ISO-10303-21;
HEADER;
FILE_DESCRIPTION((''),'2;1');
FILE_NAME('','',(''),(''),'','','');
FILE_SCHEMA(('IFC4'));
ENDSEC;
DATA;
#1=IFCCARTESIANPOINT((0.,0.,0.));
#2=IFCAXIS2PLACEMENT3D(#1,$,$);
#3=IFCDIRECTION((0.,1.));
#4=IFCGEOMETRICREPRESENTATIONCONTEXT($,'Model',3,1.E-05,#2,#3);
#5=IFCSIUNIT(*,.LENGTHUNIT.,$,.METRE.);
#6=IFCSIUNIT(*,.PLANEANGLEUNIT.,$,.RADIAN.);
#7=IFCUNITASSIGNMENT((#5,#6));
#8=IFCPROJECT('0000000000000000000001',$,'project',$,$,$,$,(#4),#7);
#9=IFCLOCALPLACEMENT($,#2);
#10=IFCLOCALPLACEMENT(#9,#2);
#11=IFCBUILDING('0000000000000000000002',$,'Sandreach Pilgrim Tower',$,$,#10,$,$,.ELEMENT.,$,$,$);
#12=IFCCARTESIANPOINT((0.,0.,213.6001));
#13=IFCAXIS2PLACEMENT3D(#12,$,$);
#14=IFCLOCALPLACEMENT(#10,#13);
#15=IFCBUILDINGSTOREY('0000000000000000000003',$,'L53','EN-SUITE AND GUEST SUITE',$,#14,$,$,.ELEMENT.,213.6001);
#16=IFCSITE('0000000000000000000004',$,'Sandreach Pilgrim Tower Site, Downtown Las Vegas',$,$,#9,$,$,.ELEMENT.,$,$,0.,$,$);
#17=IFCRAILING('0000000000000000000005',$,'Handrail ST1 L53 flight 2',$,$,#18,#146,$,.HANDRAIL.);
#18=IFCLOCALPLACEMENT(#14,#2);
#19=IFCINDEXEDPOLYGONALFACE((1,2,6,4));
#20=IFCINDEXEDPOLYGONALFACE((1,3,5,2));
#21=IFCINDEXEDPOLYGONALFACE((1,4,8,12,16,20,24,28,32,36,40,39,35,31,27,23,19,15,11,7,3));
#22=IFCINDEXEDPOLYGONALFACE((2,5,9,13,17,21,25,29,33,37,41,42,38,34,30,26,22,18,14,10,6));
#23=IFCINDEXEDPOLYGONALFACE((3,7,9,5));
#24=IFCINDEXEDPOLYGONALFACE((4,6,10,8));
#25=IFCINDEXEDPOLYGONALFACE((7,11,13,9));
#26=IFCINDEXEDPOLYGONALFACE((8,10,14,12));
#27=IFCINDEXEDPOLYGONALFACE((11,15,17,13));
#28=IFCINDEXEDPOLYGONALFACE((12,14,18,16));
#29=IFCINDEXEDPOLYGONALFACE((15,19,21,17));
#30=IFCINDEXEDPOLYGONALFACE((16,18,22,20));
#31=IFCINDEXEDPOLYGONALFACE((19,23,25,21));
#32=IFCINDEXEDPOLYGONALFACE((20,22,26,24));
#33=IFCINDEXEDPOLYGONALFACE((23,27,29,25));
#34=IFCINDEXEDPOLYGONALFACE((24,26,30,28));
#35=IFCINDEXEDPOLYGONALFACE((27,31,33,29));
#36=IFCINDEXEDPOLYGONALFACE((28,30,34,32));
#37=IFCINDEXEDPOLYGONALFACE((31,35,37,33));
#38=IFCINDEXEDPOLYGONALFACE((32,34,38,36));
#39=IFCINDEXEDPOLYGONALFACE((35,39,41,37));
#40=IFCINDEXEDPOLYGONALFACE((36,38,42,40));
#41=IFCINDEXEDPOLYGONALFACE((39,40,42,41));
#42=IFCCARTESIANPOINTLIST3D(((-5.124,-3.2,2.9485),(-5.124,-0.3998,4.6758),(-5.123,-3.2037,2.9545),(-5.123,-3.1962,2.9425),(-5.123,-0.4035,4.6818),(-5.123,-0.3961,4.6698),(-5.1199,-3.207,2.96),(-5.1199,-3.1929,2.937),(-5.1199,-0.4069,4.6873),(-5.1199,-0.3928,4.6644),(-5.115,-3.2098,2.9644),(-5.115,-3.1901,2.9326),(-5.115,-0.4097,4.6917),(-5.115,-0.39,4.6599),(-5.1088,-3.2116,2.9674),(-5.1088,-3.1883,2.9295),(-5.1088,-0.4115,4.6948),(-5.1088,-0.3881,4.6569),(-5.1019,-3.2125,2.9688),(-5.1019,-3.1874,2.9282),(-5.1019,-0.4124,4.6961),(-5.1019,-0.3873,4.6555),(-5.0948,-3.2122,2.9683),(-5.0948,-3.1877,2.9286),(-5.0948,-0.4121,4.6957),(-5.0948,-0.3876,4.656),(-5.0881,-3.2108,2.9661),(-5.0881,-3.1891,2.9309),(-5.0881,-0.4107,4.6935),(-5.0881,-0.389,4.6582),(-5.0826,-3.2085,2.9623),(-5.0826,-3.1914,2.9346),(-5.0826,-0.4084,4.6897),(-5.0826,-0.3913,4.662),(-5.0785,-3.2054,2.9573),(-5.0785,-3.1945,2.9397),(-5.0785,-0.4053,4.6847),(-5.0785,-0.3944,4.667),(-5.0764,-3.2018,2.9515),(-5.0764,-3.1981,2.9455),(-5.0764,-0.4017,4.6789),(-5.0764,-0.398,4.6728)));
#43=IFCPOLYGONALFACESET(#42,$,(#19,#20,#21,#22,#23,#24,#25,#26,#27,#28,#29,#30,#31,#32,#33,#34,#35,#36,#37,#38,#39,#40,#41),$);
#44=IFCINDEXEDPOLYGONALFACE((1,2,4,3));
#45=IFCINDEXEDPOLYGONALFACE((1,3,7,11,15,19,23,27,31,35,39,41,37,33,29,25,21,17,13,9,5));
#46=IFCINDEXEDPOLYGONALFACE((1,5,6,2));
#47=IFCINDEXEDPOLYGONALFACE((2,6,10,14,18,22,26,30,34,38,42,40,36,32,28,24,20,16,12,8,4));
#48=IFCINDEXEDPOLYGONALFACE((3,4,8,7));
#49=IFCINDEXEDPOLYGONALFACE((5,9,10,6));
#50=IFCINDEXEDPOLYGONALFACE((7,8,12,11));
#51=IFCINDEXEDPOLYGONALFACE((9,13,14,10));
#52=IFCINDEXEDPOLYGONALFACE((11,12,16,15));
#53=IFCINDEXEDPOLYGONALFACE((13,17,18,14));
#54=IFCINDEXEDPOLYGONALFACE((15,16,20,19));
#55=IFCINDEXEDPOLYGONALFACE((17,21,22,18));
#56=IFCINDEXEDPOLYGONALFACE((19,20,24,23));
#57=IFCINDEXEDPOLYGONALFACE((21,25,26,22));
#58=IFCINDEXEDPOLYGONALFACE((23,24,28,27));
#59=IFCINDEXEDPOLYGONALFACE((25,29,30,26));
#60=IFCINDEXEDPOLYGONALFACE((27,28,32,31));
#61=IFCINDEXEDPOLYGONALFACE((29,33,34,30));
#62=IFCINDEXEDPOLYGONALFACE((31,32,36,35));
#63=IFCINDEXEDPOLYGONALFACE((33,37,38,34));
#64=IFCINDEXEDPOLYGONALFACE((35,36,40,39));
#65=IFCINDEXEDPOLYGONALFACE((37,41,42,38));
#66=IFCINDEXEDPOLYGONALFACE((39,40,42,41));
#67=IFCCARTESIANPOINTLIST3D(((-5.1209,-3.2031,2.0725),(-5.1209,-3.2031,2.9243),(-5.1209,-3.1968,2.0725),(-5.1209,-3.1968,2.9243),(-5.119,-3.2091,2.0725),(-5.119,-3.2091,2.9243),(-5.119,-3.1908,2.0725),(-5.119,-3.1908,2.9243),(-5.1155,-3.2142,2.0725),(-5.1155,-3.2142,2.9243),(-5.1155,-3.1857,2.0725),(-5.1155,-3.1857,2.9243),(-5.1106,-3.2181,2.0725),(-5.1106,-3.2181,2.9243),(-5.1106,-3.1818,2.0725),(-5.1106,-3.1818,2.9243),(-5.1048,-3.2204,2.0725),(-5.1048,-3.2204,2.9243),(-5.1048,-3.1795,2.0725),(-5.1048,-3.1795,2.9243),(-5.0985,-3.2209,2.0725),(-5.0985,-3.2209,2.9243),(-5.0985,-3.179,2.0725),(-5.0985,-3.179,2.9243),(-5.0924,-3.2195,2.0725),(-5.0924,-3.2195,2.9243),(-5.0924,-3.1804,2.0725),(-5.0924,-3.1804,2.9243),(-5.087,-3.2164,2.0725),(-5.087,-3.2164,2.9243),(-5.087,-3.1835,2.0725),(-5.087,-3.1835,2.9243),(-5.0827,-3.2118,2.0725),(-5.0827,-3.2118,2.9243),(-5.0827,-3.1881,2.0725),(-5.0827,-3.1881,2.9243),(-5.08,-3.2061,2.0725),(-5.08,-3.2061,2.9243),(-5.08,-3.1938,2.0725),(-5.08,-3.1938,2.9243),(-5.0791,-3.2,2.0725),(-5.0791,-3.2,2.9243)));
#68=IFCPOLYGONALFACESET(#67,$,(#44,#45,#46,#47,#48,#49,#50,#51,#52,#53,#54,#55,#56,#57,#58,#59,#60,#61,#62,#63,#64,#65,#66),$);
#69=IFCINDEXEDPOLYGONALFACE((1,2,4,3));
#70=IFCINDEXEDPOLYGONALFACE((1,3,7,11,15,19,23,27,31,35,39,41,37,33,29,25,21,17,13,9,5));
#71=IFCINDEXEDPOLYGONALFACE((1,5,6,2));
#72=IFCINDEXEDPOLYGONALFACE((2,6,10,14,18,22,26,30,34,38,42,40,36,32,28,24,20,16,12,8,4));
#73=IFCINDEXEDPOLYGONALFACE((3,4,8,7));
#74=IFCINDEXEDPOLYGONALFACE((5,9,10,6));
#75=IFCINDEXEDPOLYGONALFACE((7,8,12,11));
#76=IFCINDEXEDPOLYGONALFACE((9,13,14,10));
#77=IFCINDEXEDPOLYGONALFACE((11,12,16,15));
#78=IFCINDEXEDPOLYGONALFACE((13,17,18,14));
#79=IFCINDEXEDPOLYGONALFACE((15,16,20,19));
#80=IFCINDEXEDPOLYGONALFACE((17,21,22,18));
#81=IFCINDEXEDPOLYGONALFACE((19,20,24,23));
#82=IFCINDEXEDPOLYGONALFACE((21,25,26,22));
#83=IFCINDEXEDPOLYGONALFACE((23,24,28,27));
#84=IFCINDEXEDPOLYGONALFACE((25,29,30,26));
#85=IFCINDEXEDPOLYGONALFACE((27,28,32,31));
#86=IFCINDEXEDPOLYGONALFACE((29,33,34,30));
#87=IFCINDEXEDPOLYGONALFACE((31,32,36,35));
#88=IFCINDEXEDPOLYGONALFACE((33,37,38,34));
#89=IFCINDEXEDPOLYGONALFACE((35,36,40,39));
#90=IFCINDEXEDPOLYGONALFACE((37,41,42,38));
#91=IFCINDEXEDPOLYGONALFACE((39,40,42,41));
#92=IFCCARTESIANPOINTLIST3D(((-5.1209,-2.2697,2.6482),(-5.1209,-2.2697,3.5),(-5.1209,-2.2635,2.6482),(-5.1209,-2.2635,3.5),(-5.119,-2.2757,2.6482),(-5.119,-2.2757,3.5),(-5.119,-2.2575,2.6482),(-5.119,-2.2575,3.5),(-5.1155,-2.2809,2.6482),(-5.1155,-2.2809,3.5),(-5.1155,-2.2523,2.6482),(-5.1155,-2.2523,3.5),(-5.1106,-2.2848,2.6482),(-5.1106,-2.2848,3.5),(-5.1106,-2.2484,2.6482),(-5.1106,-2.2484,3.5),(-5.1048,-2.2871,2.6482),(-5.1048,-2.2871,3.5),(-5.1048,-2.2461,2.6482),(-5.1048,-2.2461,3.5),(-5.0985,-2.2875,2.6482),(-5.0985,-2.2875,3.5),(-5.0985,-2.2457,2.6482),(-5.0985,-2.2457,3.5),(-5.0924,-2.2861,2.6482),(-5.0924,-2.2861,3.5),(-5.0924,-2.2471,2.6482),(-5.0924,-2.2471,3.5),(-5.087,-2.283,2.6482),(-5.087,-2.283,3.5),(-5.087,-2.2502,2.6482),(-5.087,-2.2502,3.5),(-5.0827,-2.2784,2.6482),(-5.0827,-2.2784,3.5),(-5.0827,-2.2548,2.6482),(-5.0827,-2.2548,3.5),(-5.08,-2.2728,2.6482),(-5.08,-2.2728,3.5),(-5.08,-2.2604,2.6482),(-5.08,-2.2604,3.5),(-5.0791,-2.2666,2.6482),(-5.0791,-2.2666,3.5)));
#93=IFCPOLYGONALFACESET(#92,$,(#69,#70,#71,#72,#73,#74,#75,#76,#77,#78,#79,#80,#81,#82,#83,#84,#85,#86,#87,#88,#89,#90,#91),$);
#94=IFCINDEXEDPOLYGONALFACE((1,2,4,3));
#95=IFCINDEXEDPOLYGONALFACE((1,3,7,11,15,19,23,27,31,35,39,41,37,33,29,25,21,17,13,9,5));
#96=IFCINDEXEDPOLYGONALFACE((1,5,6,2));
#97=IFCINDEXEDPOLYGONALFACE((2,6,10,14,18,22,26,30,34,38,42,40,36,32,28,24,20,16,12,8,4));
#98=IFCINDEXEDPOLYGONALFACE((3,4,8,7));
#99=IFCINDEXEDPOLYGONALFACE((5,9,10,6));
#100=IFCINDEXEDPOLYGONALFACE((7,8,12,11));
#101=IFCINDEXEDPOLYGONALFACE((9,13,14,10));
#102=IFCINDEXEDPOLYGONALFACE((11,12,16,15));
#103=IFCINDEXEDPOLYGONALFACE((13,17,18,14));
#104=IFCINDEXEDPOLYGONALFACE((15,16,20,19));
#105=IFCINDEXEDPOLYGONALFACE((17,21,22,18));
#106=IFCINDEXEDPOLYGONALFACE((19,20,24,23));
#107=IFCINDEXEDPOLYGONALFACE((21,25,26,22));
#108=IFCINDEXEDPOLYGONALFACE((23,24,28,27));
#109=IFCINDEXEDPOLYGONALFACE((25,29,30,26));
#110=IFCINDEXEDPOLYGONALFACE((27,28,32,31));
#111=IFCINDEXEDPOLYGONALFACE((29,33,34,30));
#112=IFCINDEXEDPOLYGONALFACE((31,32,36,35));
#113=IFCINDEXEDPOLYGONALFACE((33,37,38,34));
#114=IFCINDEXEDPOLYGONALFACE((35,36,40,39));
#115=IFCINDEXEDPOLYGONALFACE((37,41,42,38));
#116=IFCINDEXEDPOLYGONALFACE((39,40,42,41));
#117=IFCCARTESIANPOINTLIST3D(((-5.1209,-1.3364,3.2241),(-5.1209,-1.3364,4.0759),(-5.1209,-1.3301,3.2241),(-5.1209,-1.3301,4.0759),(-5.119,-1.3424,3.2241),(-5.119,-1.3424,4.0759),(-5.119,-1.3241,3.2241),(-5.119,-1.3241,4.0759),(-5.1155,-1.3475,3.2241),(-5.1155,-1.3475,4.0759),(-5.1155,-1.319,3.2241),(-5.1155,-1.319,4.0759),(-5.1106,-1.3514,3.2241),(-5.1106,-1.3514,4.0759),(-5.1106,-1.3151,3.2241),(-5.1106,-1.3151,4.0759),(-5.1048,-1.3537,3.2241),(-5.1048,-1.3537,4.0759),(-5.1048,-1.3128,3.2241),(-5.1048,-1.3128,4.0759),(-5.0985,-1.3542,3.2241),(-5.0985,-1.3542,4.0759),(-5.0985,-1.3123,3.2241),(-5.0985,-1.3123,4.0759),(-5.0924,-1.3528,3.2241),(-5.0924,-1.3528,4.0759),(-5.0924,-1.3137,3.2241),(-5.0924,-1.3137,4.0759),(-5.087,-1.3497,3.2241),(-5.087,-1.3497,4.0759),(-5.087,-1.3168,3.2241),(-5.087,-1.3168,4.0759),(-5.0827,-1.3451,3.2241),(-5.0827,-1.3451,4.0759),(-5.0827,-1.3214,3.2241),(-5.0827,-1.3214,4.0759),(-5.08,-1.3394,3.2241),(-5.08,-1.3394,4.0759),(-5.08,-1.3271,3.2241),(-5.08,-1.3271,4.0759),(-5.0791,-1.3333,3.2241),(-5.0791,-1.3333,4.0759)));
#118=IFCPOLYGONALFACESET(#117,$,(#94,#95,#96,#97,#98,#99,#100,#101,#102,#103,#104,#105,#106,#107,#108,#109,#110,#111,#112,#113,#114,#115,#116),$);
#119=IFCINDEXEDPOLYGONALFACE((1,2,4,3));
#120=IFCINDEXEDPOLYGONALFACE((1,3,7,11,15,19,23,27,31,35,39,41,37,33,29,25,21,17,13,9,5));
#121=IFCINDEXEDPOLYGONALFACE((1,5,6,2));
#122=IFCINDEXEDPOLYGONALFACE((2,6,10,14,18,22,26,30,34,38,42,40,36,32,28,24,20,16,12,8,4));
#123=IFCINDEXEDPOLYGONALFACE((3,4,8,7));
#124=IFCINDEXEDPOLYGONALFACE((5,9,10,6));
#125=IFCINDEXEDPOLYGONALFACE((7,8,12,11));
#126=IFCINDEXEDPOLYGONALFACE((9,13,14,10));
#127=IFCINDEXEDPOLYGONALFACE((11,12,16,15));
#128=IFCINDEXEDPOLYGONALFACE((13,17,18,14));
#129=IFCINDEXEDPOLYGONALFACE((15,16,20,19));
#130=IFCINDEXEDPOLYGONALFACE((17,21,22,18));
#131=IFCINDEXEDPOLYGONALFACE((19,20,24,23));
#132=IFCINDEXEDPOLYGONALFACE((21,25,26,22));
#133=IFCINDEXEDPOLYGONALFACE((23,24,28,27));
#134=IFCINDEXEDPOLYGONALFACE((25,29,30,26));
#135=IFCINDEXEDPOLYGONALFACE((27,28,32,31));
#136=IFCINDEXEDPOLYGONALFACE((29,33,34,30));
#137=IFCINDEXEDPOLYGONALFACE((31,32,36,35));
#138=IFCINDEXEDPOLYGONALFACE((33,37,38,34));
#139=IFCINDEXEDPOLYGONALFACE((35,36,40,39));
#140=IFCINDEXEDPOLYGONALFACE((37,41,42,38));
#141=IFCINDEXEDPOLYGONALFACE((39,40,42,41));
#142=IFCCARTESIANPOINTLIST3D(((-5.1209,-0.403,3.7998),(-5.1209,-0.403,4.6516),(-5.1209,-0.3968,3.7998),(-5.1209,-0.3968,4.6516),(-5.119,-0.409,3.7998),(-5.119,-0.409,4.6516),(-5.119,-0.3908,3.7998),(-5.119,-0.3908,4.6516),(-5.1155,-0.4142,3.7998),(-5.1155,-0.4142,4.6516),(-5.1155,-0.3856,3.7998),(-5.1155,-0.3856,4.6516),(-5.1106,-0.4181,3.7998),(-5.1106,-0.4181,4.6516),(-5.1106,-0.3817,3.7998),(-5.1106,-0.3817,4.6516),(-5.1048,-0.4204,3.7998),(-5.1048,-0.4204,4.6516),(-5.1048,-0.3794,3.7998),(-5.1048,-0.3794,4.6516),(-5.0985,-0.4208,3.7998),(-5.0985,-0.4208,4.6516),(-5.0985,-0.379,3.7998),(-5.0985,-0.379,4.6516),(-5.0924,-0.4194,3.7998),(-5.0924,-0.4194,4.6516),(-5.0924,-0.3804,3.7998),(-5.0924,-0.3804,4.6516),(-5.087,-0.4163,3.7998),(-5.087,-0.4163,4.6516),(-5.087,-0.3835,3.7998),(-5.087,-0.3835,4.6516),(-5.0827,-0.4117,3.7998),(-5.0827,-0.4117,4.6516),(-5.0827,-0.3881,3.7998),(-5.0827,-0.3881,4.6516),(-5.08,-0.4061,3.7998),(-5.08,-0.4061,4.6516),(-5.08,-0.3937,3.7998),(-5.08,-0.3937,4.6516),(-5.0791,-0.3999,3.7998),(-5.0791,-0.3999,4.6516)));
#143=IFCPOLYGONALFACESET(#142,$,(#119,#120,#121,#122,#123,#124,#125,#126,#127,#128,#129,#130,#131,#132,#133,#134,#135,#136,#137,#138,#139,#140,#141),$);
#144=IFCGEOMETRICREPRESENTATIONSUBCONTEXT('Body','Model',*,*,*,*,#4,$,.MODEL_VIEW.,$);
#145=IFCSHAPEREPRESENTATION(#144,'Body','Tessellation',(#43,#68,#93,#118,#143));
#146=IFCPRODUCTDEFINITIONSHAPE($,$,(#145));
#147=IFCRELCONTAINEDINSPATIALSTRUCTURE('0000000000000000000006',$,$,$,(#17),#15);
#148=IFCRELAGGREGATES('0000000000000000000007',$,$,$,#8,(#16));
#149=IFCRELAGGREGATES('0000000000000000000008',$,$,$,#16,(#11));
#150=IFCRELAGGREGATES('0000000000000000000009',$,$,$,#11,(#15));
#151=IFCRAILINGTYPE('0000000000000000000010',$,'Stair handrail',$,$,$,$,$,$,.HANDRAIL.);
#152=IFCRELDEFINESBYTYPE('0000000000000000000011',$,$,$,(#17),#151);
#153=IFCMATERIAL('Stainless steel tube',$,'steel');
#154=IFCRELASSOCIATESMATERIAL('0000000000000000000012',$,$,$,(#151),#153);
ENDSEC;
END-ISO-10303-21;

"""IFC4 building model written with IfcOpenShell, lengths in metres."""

from ifc_helpers import new_model, si_unit, direction, frame, origin, origin_2d, place, context, subcontext, project, spatial, circle, extrude, material, type_object, element, save


model = new_model("IFC4")

# Units and contexts
model_context = context("Model", 3, precision=1e-05, world=origin(), true_north=direction((0.0, 1.0)))
body_context = subcontext(model_context, "Body", "Model", "MODEL_VIEW")
ifc_project = project(units=[si_unit("LENGTHUNIT", "METRE"), si_unit("PLANEANGLEUNIT", "RADIAN")], contexts=[model_context])

# Site, building, storey
site_placement = place(None, origin())
site = spatial("IfcSite", under=ifc_project, at=site_placement, Name="Sandreach Pilgrim Tower Site, Downtown Las Vegas", CompositionType="ELEMENT", RefElevation=0.0)
building_placement = place(site_placement, origin())
building = spatial("IfcBuilding", under=site, at=building_placement, Name="Sandreach Pilgrim Tower", CompositionType="ELEMENT")
storey_placement = place(building_placement, frame((0.0, 0.0, 213.6001)))
storey = spatial("IfcBuildingStorey", under=building, at=storey_placement, Name="L53", Description="EN-SUITE AND GUEST SUITE", CompositionType="ELEMENT", Elevation=213.6001)

# Railing
ifc_material_1 = material(Name="Stainless steel tube", Category="steel")
railing_type = type_object("IfcRailingType", Name="Stair handrail", PredefinedType="HANDRAIL", material=ifc_material_1)
for number, where, name in (
    (1, (-5.1001, -3.2, 2.0725), "Handrail ST1 L53 flight 2"),
):
    element("IfcRailing", number, at=place(storey_placement, frame(where)), inside=storey, type_object=railing_type, Name=name, PredefinedType="HANDRAIL", context=body_context, shape_type="SweptSolid", body=[
        extrude(circle(Radius=0.0239, at=origin_2d()), frame((0.0, 0.0, 0.876), z_axis=(0.0, 0.85109, 0.52502), x_axis=(-1.0, 0.0, 0.0)), (0.0, 0.0, 1.0), 3.29),
        extrude(circle(Radius=0.021, at=origin_2d()), origin(), (0.0, 0.0, 1.0), 0.8518),
        extrude(circle(Radius=0.021, at=origin_2d()), frame((0.0, 0.9333, 0.5757)), (0.0, 0.0, 1.0), 0.8518),
        extrude(circle(Radius=0.021, at=origin_2d()), frame((0.0, 1.8667, 1.1516)), (0.0, 0.0, 1.0), 0.8518),
        extrude(circle(Radius=0.021, at=origin_2d()), frame((0.0, 2.8, 1.7273)), (0.0, 0.0, 1.0), 0.8518),
    ])

save(model, "model.ifc")
